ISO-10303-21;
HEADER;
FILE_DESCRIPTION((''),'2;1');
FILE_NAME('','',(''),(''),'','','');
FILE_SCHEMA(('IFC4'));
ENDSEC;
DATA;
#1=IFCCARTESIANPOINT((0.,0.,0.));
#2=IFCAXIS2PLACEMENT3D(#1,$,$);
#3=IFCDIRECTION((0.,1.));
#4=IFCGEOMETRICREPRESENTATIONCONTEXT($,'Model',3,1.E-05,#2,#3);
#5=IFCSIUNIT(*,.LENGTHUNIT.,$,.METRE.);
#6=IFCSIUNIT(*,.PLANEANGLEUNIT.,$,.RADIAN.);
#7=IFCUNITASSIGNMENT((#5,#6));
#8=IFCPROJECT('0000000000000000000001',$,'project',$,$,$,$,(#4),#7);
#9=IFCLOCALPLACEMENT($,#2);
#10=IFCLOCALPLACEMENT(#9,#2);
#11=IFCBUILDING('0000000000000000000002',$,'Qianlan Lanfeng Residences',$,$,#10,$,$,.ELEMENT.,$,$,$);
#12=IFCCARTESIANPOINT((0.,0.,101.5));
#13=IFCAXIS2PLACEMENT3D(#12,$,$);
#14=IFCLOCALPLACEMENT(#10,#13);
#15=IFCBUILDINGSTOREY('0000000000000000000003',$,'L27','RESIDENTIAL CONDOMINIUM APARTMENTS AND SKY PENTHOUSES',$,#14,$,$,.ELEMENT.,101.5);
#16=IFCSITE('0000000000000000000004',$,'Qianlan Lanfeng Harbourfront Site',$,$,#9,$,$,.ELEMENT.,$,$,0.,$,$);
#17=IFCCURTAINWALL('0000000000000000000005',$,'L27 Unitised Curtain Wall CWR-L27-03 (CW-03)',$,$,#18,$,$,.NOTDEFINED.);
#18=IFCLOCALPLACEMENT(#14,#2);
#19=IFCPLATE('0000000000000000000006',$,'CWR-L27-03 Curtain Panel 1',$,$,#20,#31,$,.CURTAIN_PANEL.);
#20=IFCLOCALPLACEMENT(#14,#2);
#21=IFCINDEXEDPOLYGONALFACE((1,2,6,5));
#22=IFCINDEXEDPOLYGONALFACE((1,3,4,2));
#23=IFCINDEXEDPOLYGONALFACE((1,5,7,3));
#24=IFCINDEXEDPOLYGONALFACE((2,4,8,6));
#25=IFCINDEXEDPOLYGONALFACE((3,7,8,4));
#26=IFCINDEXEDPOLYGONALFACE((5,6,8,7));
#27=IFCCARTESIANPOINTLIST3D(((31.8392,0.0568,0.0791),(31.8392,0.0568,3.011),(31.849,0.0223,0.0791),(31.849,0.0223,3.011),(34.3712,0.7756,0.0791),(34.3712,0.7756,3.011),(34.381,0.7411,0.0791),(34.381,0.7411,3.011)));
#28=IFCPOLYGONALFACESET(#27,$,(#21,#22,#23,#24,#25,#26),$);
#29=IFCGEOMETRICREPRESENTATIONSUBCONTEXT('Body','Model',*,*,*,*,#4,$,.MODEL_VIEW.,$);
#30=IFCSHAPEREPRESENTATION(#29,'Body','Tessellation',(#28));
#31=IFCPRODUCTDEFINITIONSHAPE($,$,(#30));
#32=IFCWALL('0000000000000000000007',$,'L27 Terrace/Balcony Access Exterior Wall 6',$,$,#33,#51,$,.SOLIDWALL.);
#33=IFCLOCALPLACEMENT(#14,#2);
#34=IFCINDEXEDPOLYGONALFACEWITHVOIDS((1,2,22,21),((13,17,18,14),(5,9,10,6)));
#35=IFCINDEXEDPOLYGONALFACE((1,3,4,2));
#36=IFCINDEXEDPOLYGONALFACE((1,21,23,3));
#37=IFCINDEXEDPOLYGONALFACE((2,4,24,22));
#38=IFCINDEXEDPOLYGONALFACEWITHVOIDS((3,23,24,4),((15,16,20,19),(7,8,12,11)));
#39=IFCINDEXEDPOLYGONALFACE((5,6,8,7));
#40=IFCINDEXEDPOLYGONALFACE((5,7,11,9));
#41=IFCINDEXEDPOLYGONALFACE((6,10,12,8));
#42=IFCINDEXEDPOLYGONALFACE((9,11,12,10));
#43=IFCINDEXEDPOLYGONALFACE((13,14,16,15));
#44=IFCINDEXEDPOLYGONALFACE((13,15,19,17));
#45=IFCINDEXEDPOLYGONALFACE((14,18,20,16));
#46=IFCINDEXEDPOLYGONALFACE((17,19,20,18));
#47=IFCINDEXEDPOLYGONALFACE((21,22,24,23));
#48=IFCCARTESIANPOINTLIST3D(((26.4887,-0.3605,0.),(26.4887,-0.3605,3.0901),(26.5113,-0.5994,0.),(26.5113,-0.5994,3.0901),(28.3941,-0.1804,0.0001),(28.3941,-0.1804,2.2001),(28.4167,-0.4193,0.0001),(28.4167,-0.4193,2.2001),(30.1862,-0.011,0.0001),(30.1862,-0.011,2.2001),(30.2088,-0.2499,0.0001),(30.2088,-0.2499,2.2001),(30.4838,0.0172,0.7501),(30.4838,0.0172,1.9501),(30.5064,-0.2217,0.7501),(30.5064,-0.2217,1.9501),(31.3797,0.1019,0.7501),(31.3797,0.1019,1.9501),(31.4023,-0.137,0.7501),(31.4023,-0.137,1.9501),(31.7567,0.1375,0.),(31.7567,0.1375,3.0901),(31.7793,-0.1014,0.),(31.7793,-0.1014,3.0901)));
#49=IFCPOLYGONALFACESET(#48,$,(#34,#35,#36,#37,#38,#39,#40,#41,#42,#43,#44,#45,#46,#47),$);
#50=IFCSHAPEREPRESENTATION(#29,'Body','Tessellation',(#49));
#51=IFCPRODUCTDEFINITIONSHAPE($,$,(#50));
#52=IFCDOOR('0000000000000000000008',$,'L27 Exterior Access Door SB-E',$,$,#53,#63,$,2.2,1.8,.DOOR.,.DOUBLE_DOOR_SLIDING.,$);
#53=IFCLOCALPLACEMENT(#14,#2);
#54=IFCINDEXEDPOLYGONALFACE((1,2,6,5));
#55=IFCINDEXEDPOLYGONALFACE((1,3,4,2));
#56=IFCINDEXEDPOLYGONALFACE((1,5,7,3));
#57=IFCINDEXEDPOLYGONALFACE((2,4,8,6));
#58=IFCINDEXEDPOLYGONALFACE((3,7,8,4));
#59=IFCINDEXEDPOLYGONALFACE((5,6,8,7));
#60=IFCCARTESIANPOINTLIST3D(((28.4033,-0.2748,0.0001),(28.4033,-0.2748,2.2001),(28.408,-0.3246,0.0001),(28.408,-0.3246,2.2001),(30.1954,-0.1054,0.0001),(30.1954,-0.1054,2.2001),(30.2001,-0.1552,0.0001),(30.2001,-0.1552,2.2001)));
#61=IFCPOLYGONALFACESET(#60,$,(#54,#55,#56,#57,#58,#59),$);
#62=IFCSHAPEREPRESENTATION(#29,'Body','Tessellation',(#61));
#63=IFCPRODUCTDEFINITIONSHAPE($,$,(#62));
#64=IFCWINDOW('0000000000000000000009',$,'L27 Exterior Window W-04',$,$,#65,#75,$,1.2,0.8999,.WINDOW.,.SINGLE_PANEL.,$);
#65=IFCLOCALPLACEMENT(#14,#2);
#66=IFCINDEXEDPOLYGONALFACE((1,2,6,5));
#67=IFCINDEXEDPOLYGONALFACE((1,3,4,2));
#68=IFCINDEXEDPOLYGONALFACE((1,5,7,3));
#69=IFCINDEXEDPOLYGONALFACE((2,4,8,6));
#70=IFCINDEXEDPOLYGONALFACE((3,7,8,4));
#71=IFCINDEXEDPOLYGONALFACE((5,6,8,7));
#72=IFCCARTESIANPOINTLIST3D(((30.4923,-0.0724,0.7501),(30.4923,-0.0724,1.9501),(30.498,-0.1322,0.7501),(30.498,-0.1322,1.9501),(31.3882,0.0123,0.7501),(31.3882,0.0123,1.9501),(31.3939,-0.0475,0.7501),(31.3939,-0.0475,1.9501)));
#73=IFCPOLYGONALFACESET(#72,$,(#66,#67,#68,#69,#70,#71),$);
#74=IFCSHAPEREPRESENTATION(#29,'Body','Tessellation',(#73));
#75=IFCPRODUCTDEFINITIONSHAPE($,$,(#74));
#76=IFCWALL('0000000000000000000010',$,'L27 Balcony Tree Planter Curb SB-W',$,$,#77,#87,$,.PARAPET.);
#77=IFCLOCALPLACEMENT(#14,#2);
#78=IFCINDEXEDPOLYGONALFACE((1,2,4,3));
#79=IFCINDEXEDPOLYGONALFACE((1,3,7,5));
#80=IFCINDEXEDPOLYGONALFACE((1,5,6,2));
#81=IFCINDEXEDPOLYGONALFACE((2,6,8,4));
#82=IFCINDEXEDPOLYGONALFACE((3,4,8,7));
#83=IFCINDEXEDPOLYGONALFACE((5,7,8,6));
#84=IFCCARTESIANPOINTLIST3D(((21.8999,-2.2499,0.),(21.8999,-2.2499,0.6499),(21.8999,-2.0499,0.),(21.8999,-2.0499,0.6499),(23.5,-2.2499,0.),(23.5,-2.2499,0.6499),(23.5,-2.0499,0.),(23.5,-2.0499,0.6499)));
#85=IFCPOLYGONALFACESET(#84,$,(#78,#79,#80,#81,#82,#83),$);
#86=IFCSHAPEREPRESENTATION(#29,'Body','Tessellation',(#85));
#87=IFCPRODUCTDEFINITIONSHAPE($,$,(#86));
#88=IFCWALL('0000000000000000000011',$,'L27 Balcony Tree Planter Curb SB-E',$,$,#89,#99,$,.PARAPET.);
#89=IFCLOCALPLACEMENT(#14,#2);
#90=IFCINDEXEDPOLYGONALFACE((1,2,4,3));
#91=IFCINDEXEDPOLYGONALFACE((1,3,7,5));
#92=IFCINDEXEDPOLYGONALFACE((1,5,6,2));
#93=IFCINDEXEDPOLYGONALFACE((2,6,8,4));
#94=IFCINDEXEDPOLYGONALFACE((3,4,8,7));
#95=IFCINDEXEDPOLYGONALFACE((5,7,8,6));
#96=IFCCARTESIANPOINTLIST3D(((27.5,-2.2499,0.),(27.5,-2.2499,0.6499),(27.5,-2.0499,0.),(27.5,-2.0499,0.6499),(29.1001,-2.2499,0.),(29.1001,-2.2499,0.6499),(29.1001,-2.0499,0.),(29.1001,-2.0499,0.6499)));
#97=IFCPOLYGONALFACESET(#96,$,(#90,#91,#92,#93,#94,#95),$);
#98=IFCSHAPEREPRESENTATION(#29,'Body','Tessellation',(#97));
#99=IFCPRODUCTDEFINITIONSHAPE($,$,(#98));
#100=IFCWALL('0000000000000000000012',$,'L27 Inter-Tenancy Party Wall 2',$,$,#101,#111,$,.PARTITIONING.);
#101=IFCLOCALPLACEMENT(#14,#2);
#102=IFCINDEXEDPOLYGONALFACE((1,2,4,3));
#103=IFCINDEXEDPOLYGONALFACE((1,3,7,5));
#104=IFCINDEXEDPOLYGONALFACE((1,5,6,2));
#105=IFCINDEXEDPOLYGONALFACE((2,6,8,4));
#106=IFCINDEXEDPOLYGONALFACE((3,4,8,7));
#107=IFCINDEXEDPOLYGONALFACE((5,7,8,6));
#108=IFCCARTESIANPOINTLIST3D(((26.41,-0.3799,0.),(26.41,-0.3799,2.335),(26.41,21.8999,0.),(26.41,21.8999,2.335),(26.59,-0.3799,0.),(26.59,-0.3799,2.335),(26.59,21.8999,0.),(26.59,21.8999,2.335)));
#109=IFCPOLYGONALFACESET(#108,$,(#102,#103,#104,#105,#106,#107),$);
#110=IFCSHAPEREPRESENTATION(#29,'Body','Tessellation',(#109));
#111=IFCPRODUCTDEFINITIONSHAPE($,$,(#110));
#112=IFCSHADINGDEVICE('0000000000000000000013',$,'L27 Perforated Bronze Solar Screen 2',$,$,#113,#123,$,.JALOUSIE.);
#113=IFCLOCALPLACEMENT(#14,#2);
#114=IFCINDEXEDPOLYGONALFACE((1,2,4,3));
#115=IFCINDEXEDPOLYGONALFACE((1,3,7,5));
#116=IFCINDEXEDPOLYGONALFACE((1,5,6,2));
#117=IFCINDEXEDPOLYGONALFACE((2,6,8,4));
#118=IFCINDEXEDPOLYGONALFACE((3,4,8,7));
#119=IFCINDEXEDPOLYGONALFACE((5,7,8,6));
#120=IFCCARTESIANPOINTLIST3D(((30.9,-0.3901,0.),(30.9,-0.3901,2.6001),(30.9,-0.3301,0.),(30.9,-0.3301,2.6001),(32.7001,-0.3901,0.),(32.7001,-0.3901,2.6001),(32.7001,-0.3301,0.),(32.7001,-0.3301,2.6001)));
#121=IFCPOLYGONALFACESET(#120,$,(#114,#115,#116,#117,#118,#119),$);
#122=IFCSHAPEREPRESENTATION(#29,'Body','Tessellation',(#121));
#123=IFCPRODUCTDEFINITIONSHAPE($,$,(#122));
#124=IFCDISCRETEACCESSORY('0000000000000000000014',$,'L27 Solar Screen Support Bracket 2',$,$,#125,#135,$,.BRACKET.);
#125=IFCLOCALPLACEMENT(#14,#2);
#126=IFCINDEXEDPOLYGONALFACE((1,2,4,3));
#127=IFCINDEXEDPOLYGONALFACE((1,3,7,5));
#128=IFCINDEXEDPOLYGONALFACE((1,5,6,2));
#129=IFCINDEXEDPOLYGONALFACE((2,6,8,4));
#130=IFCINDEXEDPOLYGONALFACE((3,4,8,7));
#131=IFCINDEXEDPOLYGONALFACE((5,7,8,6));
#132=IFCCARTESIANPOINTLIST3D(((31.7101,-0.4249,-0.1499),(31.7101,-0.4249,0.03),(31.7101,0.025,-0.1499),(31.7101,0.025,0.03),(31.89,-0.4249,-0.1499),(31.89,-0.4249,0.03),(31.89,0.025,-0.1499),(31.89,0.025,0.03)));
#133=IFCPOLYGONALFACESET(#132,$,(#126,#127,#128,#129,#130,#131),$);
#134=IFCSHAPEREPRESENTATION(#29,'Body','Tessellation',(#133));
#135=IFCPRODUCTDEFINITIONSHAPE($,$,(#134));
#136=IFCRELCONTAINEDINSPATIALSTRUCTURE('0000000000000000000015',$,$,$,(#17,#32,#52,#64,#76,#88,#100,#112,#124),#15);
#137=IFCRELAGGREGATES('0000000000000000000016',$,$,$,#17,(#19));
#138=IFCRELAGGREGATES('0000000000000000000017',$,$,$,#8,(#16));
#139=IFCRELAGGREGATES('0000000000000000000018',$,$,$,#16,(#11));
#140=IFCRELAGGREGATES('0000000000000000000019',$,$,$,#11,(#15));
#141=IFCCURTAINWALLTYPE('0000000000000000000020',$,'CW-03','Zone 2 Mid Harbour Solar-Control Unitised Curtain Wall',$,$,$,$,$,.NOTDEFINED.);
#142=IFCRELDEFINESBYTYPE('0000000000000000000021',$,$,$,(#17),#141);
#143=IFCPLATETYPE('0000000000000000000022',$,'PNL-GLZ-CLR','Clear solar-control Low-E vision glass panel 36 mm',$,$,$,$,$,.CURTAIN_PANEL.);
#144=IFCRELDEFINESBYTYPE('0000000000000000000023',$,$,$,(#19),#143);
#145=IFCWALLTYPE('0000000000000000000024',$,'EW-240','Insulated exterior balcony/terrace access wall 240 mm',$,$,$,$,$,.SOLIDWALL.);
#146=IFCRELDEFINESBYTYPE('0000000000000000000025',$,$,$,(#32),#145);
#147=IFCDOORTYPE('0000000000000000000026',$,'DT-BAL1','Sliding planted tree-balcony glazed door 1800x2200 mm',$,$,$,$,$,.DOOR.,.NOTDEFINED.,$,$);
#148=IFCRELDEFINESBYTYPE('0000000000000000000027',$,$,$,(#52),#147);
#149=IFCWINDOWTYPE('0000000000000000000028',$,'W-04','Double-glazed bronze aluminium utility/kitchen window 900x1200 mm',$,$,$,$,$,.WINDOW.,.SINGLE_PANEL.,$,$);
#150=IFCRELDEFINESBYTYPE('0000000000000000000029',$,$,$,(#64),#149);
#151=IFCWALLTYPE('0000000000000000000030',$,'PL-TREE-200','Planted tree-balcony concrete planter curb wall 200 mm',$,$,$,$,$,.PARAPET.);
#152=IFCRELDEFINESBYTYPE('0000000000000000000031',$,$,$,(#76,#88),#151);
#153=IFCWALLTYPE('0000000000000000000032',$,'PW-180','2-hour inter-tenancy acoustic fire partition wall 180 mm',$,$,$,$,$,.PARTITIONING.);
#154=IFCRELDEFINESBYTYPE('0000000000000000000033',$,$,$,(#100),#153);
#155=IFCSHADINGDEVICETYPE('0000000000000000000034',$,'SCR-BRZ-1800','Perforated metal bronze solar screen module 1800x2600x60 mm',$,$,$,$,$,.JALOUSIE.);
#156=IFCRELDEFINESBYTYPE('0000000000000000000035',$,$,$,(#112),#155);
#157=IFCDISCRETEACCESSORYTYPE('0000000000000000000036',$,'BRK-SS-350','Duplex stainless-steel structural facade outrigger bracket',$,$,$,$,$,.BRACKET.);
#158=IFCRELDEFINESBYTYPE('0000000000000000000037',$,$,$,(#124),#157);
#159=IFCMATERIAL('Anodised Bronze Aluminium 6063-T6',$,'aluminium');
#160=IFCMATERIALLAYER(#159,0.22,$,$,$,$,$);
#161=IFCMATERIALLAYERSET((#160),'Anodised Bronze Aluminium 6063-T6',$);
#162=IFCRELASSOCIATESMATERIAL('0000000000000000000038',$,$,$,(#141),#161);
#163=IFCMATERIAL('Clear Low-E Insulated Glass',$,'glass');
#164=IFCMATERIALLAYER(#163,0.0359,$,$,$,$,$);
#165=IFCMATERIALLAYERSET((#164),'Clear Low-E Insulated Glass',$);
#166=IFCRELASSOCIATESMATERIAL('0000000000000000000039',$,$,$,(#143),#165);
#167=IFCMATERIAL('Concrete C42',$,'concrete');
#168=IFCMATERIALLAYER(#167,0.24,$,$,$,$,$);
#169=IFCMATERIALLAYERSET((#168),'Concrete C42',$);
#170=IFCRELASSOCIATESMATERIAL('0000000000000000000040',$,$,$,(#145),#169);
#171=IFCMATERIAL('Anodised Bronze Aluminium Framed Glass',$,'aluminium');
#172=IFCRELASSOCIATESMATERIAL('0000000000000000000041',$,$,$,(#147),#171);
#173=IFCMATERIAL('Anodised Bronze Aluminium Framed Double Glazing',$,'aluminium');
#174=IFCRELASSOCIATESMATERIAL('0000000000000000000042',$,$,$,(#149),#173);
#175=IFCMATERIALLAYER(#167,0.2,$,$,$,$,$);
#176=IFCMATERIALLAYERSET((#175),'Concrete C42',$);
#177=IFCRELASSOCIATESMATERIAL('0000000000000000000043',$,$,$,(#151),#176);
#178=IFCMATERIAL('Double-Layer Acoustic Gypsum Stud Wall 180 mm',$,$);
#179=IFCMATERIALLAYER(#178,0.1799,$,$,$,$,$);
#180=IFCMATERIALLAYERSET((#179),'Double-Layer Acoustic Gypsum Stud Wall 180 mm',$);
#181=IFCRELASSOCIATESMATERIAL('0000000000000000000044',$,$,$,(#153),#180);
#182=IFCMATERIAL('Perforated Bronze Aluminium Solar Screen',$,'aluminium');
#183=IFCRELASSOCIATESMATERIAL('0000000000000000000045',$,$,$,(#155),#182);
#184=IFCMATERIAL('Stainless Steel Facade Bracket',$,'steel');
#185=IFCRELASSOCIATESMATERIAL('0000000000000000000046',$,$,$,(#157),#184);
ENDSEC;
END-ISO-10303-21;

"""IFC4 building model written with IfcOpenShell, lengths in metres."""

from ifc_helpers import new_model, si_unit, direction, frame, frame_2d, origin, origin_2d, place, context, subcontext, project, spatial, rectangle, extrude, source, transform, mapped, material, layer, layer_set, type_object, element, fill, aggregate, save


model = new_model("IFC4")

# Units and contexts
model_context = context("Model", 3, precision=1e-05, world=origin(), true_north=direction((0.0, 1.0)))
body_context = subcontext(model_context, "Body", "Model", "MODEL_VIEW")
ifc_project = project(units=[si_unit("LENGTHUNIT", "METRE"), si_unit("PLANEANGLEUNIT", "RADIAN")], contexts=[model_context])

# Site, building, storey
site_placement = place(None, origin())
site = spatial("IfcSite", under=ifc_project, at=site_placement, Name="Qianlan Lanfeng Harbourfront Site", CompositionType="ELEMENT", RefElevation=0.0)
building_placement = place(site_placement, origin())
building = spatial("IfcBuilding", under=site, at=building_placement, Name="Qianlan Lanfeng Residences", CompositionType="ELEMENT")
storey_placement = place(building_placement, frame((0.0, 0.0, 101.5)))
storey = spatial("IfcBuildingStorey", under=building, at=storey_placement, Name="L27", Description="RESIDENTIAL CONDOMINIUM APARTMENTS AND SKY PENTHOUSES", CompositionType="ELEMENT", Elevation=101.5)

# Curtain wall, plate
ifc_material_1 = material(Name="Anodised Bronze Aluminium 6063-T6", Category="aluminium")
ifc_layer_1 = layer(ifc_material_1, 0.22)
ifc_layer_set_1 = layer_set([ifc_layer_1], Name="Anodised Bronze Aluminium 6063-T6")
curtain_wall_type = type_object("IfcCurtainWallType", Name="CW-03", Description="Zone 2 Mid Harbour Solar-Control Unitised Curtain Wall", PredefinedType="NOTDEFINED", material=ifc_layer_set_1)
curtain_wall_placement = place(storey_placement, origin())
curtain_wall = element("IfcCurtainWall", 1, at=curtain_wall_placement, inside=storey, type_object=curtain_wall_type, Name="L27 Unitised Curtain Wall CWR-L27-03 (CW-03)", PredefinedType="NOTDEFINED")
ifc_material_2 = material(Name="Clear Low-E Insulated Glass", Category="glass")
ifc_layer_2 = layer(ifc_material_2, 0.0359)
ifc_layer_set_2 = layer_set([ifc_layer_2], Name="Clear Low-E Insulated Glass")
plate_type = type_object("IfcPlateType", Name="PNL-GLZ-CLR", Description="Clear solar-control Low-E vision glass panel 36 mm", PredefinedType="CURTAIN_PANEL", material=ifc_layer_set_2)
shared_shape_1 = source(origin(), body_context, "Body", "SweptSolid", [
    extrude(rectangle(XDim=2.6321, YDim=0.0359, at=origin_2d()), origin(), (0.0, 0.0, 1.0), 2.9319),
])
plate_placement = place(storey_placement, frame((33.1101, 0.3989, 0.0791), z_axis=(0.0, 0.0, 1.0), x_axis=(0.961989, 0.273088, 0.0)))
plate = element("IfcPlate", 2, at=plate_placement, type_object=plate_type, Name="CWR-L27-03 Curtain Panel 1", PredefinedType="CURTAIN_PANEL", context=body_context, shape_type="MappedRepresentation", body=[
    mapped(shared_shape_1, transform((0.0, 0.0, 0.0), scale=1.0)),
])
aggregate(curtain_wall, [plate])

# Wall, openings, door, window
ifc_material_3 = material(Name="Concrete C42", Category="concrete")
ifc_layer_3 = layer(ifc_material_3, 0.24)
ifc_layer_set_3 = layer_set([ifc_layer_3], Name="Concrete C42")
wall_type_1 = type_object("IfcWallType", Name="EW-240", Description="Insulated exterior balcony/terrace access wall 240 mm", PredefinedType="SOLIDWALL", material=ifc_layer_set_3)
wall_1_placement = place(storey_placement, frame((26.5, -0.48, 0.0), z_axis=(0.0, 0.0, 1.0), x_axis=(0.995561, 0.094121, 0.0)))
wall_1 = element("IfcWall", 3, at=wall_1_placement, inside=storey, type_object=wall_type_1, Name="L27 Terrace/Balcony Access Exterior Wall 6", PredefinedType="SOLIDWALL", context=body_context, shape_type="SweptSolid", body=[
    extrude(rectangle(XDim=5.2915, YDim=0.24, at=frame_2d((2.6458, 0.0))), origin(), (0.0, 0.0, 1.0), 3.0901),
])
opening_1_placement = place(wall_1_placement, frame((1.9141, 0.0, 0.0)))
opening_1 = element("IfcOpeningElement", 4, at=opening_1_placement, cuts=wall_1, PredefinedType="OPENING", context=body_context, shape_type="SweptSolid", body=[
    extrude(rectangle(XDim=1.8, YDim=2.2, at=frame_2d((0.8999, 1.1001))), frame((0.0, 0.1299, 0.0), z_axis=(0.0, -1.0, 0.0), x_axis=(1.0, 0.0, 0.0)), (0.0, 0.0, 1.0), 0.26),
])
opening_2_placement = place(wall_1_placement, frame((4.0129, 0.0, 0.75)))
opening_2 = element("IfcOpeningElement", 5, at=opening_2_placement, cuts=wall_1, PredefinedType="OPENING", context=body_context, shape_type="SweptSolid", body=[
    extrude(rectangle(XDim=0.8999, YDim=1.2, at=frame_2d((0.45, 0.6001))), frame((0.0, 0.1299, 0.0), z_axis=(0.0, -1.0, 0.0), x_axis=(1.0, 0.0, 0.0)), (0.0, 0.0, 1.0), 0.26),
])
ifc_material_4 = material(Name="Anodised Bronze Aluminium Framed Glass", Category="aluminium")
door_type = type_object("IfcDoorType", Name="DT-BAL1", Description="Sliding planted tree-balcony glazed door 1800x2200 mm", OperationType="NOTDEFINED", PredefinedType="DOOR", material=ifc_material_4)
door_placement = place(opening_1_placement, frame((1.8, 0.0, 0.0), z_axis=(0.0, 0.0, 1.0), x_axis=(-1.0, 0.0, 0.0)))
door = element("IfcDoor", 6, at=door_placement, inside=storey, type_object=door_type, Name="L27 Exterior Access Door SB-E", OperationType="DOUBLE_DOOR_SLIDING", OverallHeight=2.2, OverallWidth=1.8, PredefinedType="DOOR", context=body_context, shape_type="SweptSolid", body=[
    extrude(rectangle(XDim=1.8, YDim=2.2, at=frame_2d((0.8999, 1.1001))), frame((0.0, 0.0249, 0.0), z_axis=(0.0, -1.0, 0.0), x_axis=(1.0, 0.0, 0.0)), (0.0, 0.0, 1.0), 0.05),
])
fill(opening_1, door)
ifc_material_5 = material(Name="Anodised Bronze Aluminium Framed Double Glazing", Category="aluminium")
window_type = type_object("IfcWindowType", Name="W-04", Description="Double-glazed bronze aluminium utility/kitchen window 900x1200 mm", PartitioningType="SINGLE_PANEL", PredefinedType="WINDOW", material=ifc_material_5)
window_placement = place(opening_2_placement, origin())
window = element("IfcWindow", 7, at=window_placement, inside=storey, type_object=window_type, Name="L27 Exterior Window W-04", OverallHeight=1.2, OverallWidth=0.8999, PartitioningType="SINGLE_PANEL", PredefinedType="WINDOW", context=body_context, shape_type="SweptSolid", body=[
    extrude(rectangle(XDim=0.8999, YDim=1.2, at=frame_2d((0.45, 0.6001))), frame((0.0, 0.03, 0.0), z_axis=(0.0, -1.0, 0.0), x_axis=(1.0, 0.0, 0.0)), (0.0, 0.0, 1.0), 0.0601),
])
fill(opening_2, window)

# Walls
ifc_layer_4 = layer(ifc_material_3, 0.2)
ifc_layer_set_4 = layer_set([ifc_layer_4], Name="Concrete C42")
wall_type_2 = type_object("IfcWallType", Name="PL-TREE-200", Description="Planted tree-balcony concrete planter curb wall 200 mm", PredefinedType="PARAPET", material=ifc_layer_set_4)
for number, where, z_axis, x_axis, name in (
    (8, (21.8999, -2.1499, 0.0), (0.0, 0.0, 1.0), (1.0, 0.0, 0.0), "L27 Balcony Tree Planter Curb SB-W"),
    (9, (27.5, -2.1499, 0.0), (0.0, 0.0, 1.0), (1.0, 0.0, 0.0), "L27 Balcony Tree Planter Curb SB-E"),
):
    element("IfcWall", number, at=place(storey_placement, frame(where, z_axis=z_axis, x_axis=x_axis)), inside=storey, type_object=wall_type_2, Name=name, PredefinedType="PARAPET", context=body_context, shape_type="SweptSolid", body=[
        extrude(rectangle(XDim=1.6001, YDim=0.2, at=frame_2d((0.8, 0.0))), origin(), (0.0, 0.0, 1.0), 0.6499),
    ])
ifc_material_6 = material(Name="Double-Layer Acoustic Gypsum Stud Wall 180 mm")
ifc_layer_5 = layer(ifc_material_6, 0.1799)
ifc_layer_set_5 = layer_set([ifc_layer_5], Name="Double-Layer Acoustic Gypsum Stud Wall 180 mm")
wall_type_3 = type_object("IfcWallType", Name="PW-180", Description="2-hour inter-tenancy acoustic fire partition wall 180 mm", PredefinedType="PARTITIONING", material=ifc_layer_set_5)
wall_2_placement = place(storey_placement, frame((26.5, -0.3799, 0.0), z_axis=(0.0, 0.0, 1.0), x_axis=(0.0, 1.0, 0.0)))
element("IfcWall", 10, at=wall_2_placement, inside=storey, type_object=wall_type_3, Name="L27 Inter-Tenancy Party Wall 2", PredefinedType="PARTITIONING", context=body_context, shape_type="SweptSolid", body=[
    extrude(rectangle(XDim=22.2798, YDim=0.1799, at=frame_2d((11.1399, 0.0))), origin(), (0.0, 0.0, 1.0), 2.335),
])

# Shading device
ifc_material_7 = material(Name="Perforated Bronze Aluminium Solar Screen", Category="aluminium")
shading_device_type = type_object("IfcShadingDeviceType", Name="SCR-BRZ-1800", Description="Perforated metal bronze solar screen module 1800x2600x60 mm", PredefinedType="JALOUSIE", material=ifc_material_7)
shared_shape_2 = source(origin(), body_context, "Body", "SweptSolid", [
    extrude(rectangle(XDim=1.8, YDim=0.0601, at=origin_2d()), origin(), (0.0, 0.0, 1.0), 2.6001),
])
shading_device_placement = place(storey_placement, frame((31.8, -0.3601, 0.0), z_axis=(0.0, 0.0, 1.0), x_axis=(1.0, 0.0, 0.0)))
element("IfcShadingDevice", 11, at=shading_device_placement, inside=storey, type_object=shading_device_type, Name="L27 Perforated Bronze Solar Screen 2", PredefinedType="JALOUSIE", context=body_context, shape_type="MappedRepresentation", body=[
    mapped(shared_shape_2, transform((0.0, 0.0, 0.0), scale=1.0)),
])

# Discrete accessory
ifc_material_8 = material(Name="Stainless Steel Facade Bracket", Category="steel")
discrete_accessory_type = type_object("IfcDiscreteAccessoryType", Name="BRK-SS-350", Description="Duplex stainless-steel structural facade outrigger bracket", PredefinedType="BRACKET", material=ifc_material_8)
shared_shape_3 = source(origin(), body_context, "Body", "SweptSolid", [
    extrude(rectangle(XDim=0.1799, YDim=0.45, at=origin_2d()), origin(), (0.0, 0.0, 1.0), 0.1799),
])
discrete_accessory_placement = place(storey_placement, frame((31.8, -0.2, -0.1499), z_axis=(0.0, 0.0, 1.0), x_axis=(1.0, 0.0, 0.0)))
element("IfcDiscreteAccessory", 12, at=discrete_accessory_placement, inside=storey, type_object=discrete_accessory_type, Name="L27 Solar Screen Support Bracket 2", PredefinedType="BRACKET", context=body_context, shape_type="MappedRepresentation", body=[
    mapped(shared_shape_3, transform((0.0, 0.0, 0.0), scale=1.0)),
])

save(model, "model.ifc")
